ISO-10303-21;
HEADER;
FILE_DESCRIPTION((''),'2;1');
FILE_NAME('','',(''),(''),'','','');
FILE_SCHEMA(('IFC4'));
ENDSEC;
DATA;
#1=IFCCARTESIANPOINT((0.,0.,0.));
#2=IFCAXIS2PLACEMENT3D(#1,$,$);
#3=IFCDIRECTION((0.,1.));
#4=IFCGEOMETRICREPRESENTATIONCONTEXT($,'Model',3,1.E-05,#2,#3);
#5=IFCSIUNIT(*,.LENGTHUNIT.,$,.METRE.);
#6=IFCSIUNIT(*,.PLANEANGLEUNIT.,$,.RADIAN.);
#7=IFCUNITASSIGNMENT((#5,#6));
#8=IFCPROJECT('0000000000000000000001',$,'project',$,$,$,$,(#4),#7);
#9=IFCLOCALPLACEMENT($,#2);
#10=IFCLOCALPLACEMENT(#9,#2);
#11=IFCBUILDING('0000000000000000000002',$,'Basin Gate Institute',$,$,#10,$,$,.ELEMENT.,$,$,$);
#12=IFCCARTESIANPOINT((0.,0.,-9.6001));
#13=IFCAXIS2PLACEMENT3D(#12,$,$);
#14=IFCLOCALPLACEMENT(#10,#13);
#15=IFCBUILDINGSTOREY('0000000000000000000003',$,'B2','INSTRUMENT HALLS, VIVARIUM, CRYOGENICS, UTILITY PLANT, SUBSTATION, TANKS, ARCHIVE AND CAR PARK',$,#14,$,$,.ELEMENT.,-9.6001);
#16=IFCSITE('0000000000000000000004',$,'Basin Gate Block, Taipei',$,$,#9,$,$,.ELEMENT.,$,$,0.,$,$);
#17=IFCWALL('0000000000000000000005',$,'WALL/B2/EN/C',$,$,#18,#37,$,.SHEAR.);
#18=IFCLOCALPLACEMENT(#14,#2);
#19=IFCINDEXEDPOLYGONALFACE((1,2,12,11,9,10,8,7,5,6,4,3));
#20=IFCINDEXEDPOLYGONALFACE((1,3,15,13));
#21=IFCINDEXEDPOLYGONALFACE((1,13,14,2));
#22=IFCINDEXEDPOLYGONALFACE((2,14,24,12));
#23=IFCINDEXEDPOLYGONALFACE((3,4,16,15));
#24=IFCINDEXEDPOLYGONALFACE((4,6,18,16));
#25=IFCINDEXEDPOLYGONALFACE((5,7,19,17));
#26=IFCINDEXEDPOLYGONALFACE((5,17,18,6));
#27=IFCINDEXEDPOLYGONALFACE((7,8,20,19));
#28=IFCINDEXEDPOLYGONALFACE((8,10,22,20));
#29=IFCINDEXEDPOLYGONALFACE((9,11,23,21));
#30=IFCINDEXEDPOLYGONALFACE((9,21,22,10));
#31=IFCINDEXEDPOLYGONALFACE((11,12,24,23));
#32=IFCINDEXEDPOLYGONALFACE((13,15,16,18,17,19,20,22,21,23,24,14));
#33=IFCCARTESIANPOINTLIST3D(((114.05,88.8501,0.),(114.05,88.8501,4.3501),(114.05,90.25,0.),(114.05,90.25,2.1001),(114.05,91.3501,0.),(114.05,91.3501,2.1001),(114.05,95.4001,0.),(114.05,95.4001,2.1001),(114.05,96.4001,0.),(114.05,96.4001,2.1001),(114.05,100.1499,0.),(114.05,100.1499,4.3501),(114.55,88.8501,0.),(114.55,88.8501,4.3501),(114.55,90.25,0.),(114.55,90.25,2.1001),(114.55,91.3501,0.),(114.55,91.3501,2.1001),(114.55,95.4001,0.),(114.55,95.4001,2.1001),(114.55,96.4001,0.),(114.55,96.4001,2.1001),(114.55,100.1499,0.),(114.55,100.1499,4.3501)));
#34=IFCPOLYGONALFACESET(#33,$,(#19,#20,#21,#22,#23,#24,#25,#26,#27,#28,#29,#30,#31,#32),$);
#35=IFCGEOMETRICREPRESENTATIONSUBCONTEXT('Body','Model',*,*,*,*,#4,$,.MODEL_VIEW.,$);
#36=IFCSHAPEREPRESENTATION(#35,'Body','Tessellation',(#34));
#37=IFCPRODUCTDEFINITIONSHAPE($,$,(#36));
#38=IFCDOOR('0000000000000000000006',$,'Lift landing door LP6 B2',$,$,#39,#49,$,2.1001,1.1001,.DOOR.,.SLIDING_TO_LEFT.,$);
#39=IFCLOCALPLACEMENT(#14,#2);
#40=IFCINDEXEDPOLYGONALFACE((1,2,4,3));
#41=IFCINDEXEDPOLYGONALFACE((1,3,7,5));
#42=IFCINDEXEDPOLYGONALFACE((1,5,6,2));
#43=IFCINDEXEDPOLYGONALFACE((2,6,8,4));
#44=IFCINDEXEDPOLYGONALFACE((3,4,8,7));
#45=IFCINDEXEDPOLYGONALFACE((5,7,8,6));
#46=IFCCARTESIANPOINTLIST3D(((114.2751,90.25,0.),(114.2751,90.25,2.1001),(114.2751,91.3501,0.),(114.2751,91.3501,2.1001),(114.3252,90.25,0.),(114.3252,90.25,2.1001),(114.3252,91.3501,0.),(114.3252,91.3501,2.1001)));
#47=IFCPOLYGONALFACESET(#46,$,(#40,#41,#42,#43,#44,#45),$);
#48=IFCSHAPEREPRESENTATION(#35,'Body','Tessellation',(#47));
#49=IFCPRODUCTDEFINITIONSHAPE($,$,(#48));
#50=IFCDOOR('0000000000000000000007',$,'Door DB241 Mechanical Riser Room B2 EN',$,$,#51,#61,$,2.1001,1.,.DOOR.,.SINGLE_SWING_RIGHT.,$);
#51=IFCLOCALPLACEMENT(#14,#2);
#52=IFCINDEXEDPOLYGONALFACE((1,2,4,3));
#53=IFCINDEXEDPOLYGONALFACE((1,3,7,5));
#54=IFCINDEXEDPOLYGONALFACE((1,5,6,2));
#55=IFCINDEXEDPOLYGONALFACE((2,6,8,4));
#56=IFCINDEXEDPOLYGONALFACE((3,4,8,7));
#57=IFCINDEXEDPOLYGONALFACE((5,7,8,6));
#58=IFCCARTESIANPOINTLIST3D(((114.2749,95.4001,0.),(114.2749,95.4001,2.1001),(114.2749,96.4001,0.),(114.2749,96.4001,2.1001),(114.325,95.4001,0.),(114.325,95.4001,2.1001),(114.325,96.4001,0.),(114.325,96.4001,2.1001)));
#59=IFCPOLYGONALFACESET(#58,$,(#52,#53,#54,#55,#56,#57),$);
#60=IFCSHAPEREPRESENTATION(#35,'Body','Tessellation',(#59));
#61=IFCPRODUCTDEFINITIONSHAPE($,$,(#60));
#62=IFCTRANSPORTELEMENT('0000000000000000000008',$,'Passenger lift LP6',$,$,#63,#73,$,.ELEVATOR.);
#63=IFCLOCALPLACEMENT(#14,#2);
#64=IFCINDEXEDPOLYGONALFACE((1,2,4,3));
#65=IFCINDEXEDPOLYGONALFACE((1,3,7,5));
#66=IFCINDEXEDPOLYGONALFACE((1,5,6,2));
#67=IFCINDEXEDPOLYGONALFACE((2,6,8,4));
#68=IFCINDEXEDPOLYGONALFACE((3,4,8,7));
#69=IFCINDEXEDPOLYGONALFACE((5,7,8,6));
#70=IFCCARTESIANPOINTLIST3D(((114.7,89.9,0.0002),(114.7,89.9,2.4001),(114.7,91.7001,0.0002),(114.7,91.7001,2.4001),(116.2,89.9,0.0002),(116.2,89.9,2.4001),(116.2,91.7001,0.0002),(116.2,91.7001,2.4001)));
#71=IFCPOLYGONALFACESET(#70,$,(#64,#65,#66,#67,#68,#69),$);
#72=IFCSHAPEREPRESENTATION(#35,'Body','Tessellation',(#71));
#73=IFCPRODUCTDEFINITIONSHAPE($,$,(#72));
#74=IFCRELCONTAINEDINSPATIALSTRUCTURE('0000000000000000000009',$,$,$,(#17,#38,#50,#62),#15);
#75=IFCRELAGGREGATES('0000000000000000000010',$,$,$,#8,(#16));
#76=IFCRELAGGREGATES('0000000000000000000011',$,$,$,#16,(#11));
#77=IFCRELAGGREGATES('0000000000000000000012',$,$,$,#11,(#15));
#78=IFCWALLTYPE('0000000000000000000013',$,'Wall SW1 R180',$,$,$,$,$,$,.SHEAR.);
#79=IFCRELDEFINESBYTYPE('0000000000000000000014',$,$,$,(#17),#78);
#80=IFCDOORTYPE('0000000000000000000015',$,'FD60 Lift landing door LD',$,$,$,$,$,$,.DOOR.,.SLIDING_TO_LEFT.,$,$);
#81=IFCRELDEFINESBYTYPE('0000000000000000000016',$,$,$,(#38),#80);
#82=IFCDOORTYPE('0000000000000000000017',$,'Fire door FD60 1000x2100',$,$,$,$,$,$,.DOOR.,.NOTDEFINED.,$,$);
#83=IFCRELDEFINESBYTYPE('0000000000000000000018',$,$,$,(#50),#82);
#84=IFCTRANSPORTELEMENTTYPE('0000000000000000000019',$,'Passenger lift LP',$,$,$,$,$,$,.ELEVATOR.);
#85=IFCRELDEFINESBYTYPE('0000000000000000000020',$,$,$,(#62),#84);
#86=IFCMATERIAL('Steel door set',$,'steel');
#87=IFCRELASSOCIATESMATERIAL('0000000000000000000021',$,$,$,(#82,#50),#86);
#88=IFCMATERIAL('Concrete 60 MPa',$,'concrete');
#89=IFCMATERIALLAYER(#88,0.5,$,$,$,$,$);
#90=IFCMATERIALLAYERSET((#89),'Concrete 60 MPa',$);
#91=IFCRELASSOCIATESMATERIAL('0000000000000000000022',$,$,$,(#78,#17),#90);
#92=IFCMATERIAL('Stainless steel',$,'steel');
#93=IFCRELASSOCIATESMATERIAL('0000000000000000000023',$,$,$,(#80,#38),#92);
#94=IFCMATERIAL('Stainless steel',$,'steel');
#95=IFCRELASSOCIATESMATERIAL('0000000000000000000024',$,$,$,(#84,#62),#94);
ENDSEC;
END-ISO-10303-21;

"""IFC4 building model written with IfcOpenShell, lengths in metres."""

from ifc_helpers import new_model, si_unit, direction, frame, frame_2d, origin, origin_2d, place, context, subcontext, project, spatial, rectangle, extrude, material, layer, layer_set, type_object, element, fill, save


model = new_model("IFC4")

# Units and contexts
model_context = context("Model", 3, precision=1e-05, world=origin(), true_north=direction((0.0, 1.0)))
body_context = subcontext(model_context, "Body", "Model", "MODEL_VIEW")
ifc_project = project(units=[si_unit("LENGTHUNIT", "METRE"), si_unit("PLANEANGLEUNIT", "RADIAN")], contexts=[model_context])

# Site, building, storey
site_placement = place(None, origin())
site = spatial("IfcSite", under=ifc_project, at=site_placement, Name="Basin Gate Block, Taipei", CompositionType="ELEMENT", RefElevation=0.0)
building_placement = place(site_placement, origin())
building = spatial("IfcBuilding", under=site, at=building_placement, Name="Basin Gate Institute", CompositionType="ELEMENT")
storey_placement = place(building_placement, frame((0.0, 0.0, -9.6001)))
storey = spatial("IfcBuildingStorey", under=building, at=storey_placement, Name="B2", Description="INSTRUMENT HALLS, VIVARIUM, CRYOGENICS, UTILITY PLANT, SUBSTATION, TANKS, ARCHIVE AND CAR PARK", CompositionType="ELEMENT", Elevation=-9.6001)

# Shared definitions
ifc_material_1 = material(Name="Steel door set", Category="steel")
door_type_1 = type_object("IfcDoorType", Name="Fire door FD60 1000x2100", OperationType="NOTDEFINED", PredefinedType="DOOR", material=ifc_material_1)

# Wall, openings, doors
ifc_material_2 = material(Name="Concrete 60 MPa", Category="concrete")
ifc_layer_1 = layer(ifc_material_2, 0.5)
ifc_layer_set_1 = layer_set([ifc_layer_1], Name="Concrete 60 MPa")
wall_type_1 = type_object("IfcWallType", Name="Wall SW1 R180", PredefinedType="SHEAR", material=ifc_layer_set_1)
wall_1_placement = place(storey_placement, frame((114.3, 88.8501, 0.0), z_axis=(0.0, 0.0, 1.0), x_axis=(0.0, 1.0, 0.0)))
wall_1 = element("IfcWall", 1, at=wall_1_placement, inside=storey, type_object=wall_type_1, material=ifc_layer_set_1, Name="WALL/B2/EN/C", PredefinedType="SHEAR", context=body_context, shape_type="SweptSolid", body=[
    extrude(rectangle(XDim=11.2998, YDim=0.5, at=frame_2d((5.6499, 0.0))), origin(), (0.0, 0.0, 1.0), 4.3501),
])
opening_1_placement = place(wall_1_placement, frame((1.3999, 0.0, 0.0)))
opening_1 = element("IfcOpeningElement", 2, at=opening_1_placement, cuts=wall_1, PredefinedType="OPENING", context=body_context, shape_type="SweptSolid", body=[
    extrude(rectangle(XDim=1.1001, YDim=2.1001, at=frame_2d((0.55, 1.05))), frame((0.0, 0.26, 0.0), z_axis=(0.0, -1.0, 0.0), x_axis=(1.0, 0.0, 0.0)), (0.0, 0.0, 1.0), 0.52),
])
opening_2_placement = place(wall_1_placement, frame((6.55, 0.0, 0.0)))
opening_2 = element("IfcOpeningElement", 3, at=opening_2_placement, cuts=wall_1, PredefinedType="OPENING", context=body_context, shape_type="SweptSolid", body=[
    extrude(rectangle(XDim=1.0, YDim=2.1001, at=frame_2d((0.5, 1.05))), frame((0.0, 0.26, 0.0), z_axis=(0.0, -1.0, 0.0), x_axis=(1.0, 0.0, 0.0)), (0.0, 0.0, 1.0), 0.52),
])
ifc_material_3 = material(Name="Stainless steel", Category="steel")
door_type_2 = type_object("IfcDoorType", Name="FD60 Lift landing door LD", OperationType="SLIDING_TO_LEFT", PredefinedType="DOOR", material=ifc_material_3)
door_1_placement = place(opening_1_placement, origin())
door_1 = element("IfcDoor", 4, at=door_1_placement, inside=storey, type_object=door_type_2, material=ifc_material_3, Name="Lift landing door LP6 B2", OperationType="SLIDING_TO_LEFT", OverallHeight=2.1001, OverallWidth=1.1001, PredefinedType="DOOR", context=body_context, shape_type="SweptSolid", body=[
    extrude(rectangle(XDim=1.1001, YDim=2.1001, at=frame_2d((0.55, 1.05))), frame((0.0, 0.0249, 0.0), z_axis=(0.0, -1.0, 0.0), x_axis=(1.0, 0.0, 0.0)), (0.0, 0.0, 1.0), 0.05),
])
fill(opening_1, door_1)
door_2_placement = place(opening_2_placement, frame((1.0, 0.0, 0.0), z_axis=(0.0, 0.0, 1.0), x_axis=(-1.0, 0.0, 0.0)))
door_2 = element("IfcDoor", 5, at=door_2_placement, inside=storey, type_object=door_type_1, material=ifc_material_1, Name="Door DB241 Mechanical Riser Room B2 EN", OperationType="SINGLE_SWING_RIGHT", OverallHeight=2.1001, OverallWidth=1.0, PredefinedType="DOOR", context=body_context, shape_type="SweptSolid", body=[
    extrude(rectangle(XDim=1.0, YDim=2.1001, at=frame_2d((0.5, 1.05))), frame((0.0, 0.0249, 0.0), z_axis=(0.0, -1.0, 0.0), x_axis=(1.0, 0.0, 0.0)), (0.0, 0.0, 1.0), 0.05),
])
fill(opening_2, door_2)

# Transport element
ifc_material_4 = material(Name="Stainless steel", Category="steel")
transport_element_type = type_object("IfcTransportElementType", Name="Passenger lift LP", PredefinedType="ELEVATOR", material=ifc_material_4)
transport_element_placement = place(storey_placement, frame((115.45, 90.8, 0.0002), z_axis=(0.0, 0.0, 1.0), x_axis=(1.0, 0.0, 0.0)))
element("IfcTransportElement", 6, at=transport_element_placement, inside=storey, type_object=transport_element_type, material=ifc_material_4, Name="Passenger lift LP6", PredefinedType="ELEVATOR", context=body_context, shape_type="SweptSolid", body=[
    extrude(rectangle(XDim=1.5, YDim=1.8, at=origin_2d()), origin(), (0.0, 0.0, 1.0), 2.3999),
])

save(model, "model.ifc")
